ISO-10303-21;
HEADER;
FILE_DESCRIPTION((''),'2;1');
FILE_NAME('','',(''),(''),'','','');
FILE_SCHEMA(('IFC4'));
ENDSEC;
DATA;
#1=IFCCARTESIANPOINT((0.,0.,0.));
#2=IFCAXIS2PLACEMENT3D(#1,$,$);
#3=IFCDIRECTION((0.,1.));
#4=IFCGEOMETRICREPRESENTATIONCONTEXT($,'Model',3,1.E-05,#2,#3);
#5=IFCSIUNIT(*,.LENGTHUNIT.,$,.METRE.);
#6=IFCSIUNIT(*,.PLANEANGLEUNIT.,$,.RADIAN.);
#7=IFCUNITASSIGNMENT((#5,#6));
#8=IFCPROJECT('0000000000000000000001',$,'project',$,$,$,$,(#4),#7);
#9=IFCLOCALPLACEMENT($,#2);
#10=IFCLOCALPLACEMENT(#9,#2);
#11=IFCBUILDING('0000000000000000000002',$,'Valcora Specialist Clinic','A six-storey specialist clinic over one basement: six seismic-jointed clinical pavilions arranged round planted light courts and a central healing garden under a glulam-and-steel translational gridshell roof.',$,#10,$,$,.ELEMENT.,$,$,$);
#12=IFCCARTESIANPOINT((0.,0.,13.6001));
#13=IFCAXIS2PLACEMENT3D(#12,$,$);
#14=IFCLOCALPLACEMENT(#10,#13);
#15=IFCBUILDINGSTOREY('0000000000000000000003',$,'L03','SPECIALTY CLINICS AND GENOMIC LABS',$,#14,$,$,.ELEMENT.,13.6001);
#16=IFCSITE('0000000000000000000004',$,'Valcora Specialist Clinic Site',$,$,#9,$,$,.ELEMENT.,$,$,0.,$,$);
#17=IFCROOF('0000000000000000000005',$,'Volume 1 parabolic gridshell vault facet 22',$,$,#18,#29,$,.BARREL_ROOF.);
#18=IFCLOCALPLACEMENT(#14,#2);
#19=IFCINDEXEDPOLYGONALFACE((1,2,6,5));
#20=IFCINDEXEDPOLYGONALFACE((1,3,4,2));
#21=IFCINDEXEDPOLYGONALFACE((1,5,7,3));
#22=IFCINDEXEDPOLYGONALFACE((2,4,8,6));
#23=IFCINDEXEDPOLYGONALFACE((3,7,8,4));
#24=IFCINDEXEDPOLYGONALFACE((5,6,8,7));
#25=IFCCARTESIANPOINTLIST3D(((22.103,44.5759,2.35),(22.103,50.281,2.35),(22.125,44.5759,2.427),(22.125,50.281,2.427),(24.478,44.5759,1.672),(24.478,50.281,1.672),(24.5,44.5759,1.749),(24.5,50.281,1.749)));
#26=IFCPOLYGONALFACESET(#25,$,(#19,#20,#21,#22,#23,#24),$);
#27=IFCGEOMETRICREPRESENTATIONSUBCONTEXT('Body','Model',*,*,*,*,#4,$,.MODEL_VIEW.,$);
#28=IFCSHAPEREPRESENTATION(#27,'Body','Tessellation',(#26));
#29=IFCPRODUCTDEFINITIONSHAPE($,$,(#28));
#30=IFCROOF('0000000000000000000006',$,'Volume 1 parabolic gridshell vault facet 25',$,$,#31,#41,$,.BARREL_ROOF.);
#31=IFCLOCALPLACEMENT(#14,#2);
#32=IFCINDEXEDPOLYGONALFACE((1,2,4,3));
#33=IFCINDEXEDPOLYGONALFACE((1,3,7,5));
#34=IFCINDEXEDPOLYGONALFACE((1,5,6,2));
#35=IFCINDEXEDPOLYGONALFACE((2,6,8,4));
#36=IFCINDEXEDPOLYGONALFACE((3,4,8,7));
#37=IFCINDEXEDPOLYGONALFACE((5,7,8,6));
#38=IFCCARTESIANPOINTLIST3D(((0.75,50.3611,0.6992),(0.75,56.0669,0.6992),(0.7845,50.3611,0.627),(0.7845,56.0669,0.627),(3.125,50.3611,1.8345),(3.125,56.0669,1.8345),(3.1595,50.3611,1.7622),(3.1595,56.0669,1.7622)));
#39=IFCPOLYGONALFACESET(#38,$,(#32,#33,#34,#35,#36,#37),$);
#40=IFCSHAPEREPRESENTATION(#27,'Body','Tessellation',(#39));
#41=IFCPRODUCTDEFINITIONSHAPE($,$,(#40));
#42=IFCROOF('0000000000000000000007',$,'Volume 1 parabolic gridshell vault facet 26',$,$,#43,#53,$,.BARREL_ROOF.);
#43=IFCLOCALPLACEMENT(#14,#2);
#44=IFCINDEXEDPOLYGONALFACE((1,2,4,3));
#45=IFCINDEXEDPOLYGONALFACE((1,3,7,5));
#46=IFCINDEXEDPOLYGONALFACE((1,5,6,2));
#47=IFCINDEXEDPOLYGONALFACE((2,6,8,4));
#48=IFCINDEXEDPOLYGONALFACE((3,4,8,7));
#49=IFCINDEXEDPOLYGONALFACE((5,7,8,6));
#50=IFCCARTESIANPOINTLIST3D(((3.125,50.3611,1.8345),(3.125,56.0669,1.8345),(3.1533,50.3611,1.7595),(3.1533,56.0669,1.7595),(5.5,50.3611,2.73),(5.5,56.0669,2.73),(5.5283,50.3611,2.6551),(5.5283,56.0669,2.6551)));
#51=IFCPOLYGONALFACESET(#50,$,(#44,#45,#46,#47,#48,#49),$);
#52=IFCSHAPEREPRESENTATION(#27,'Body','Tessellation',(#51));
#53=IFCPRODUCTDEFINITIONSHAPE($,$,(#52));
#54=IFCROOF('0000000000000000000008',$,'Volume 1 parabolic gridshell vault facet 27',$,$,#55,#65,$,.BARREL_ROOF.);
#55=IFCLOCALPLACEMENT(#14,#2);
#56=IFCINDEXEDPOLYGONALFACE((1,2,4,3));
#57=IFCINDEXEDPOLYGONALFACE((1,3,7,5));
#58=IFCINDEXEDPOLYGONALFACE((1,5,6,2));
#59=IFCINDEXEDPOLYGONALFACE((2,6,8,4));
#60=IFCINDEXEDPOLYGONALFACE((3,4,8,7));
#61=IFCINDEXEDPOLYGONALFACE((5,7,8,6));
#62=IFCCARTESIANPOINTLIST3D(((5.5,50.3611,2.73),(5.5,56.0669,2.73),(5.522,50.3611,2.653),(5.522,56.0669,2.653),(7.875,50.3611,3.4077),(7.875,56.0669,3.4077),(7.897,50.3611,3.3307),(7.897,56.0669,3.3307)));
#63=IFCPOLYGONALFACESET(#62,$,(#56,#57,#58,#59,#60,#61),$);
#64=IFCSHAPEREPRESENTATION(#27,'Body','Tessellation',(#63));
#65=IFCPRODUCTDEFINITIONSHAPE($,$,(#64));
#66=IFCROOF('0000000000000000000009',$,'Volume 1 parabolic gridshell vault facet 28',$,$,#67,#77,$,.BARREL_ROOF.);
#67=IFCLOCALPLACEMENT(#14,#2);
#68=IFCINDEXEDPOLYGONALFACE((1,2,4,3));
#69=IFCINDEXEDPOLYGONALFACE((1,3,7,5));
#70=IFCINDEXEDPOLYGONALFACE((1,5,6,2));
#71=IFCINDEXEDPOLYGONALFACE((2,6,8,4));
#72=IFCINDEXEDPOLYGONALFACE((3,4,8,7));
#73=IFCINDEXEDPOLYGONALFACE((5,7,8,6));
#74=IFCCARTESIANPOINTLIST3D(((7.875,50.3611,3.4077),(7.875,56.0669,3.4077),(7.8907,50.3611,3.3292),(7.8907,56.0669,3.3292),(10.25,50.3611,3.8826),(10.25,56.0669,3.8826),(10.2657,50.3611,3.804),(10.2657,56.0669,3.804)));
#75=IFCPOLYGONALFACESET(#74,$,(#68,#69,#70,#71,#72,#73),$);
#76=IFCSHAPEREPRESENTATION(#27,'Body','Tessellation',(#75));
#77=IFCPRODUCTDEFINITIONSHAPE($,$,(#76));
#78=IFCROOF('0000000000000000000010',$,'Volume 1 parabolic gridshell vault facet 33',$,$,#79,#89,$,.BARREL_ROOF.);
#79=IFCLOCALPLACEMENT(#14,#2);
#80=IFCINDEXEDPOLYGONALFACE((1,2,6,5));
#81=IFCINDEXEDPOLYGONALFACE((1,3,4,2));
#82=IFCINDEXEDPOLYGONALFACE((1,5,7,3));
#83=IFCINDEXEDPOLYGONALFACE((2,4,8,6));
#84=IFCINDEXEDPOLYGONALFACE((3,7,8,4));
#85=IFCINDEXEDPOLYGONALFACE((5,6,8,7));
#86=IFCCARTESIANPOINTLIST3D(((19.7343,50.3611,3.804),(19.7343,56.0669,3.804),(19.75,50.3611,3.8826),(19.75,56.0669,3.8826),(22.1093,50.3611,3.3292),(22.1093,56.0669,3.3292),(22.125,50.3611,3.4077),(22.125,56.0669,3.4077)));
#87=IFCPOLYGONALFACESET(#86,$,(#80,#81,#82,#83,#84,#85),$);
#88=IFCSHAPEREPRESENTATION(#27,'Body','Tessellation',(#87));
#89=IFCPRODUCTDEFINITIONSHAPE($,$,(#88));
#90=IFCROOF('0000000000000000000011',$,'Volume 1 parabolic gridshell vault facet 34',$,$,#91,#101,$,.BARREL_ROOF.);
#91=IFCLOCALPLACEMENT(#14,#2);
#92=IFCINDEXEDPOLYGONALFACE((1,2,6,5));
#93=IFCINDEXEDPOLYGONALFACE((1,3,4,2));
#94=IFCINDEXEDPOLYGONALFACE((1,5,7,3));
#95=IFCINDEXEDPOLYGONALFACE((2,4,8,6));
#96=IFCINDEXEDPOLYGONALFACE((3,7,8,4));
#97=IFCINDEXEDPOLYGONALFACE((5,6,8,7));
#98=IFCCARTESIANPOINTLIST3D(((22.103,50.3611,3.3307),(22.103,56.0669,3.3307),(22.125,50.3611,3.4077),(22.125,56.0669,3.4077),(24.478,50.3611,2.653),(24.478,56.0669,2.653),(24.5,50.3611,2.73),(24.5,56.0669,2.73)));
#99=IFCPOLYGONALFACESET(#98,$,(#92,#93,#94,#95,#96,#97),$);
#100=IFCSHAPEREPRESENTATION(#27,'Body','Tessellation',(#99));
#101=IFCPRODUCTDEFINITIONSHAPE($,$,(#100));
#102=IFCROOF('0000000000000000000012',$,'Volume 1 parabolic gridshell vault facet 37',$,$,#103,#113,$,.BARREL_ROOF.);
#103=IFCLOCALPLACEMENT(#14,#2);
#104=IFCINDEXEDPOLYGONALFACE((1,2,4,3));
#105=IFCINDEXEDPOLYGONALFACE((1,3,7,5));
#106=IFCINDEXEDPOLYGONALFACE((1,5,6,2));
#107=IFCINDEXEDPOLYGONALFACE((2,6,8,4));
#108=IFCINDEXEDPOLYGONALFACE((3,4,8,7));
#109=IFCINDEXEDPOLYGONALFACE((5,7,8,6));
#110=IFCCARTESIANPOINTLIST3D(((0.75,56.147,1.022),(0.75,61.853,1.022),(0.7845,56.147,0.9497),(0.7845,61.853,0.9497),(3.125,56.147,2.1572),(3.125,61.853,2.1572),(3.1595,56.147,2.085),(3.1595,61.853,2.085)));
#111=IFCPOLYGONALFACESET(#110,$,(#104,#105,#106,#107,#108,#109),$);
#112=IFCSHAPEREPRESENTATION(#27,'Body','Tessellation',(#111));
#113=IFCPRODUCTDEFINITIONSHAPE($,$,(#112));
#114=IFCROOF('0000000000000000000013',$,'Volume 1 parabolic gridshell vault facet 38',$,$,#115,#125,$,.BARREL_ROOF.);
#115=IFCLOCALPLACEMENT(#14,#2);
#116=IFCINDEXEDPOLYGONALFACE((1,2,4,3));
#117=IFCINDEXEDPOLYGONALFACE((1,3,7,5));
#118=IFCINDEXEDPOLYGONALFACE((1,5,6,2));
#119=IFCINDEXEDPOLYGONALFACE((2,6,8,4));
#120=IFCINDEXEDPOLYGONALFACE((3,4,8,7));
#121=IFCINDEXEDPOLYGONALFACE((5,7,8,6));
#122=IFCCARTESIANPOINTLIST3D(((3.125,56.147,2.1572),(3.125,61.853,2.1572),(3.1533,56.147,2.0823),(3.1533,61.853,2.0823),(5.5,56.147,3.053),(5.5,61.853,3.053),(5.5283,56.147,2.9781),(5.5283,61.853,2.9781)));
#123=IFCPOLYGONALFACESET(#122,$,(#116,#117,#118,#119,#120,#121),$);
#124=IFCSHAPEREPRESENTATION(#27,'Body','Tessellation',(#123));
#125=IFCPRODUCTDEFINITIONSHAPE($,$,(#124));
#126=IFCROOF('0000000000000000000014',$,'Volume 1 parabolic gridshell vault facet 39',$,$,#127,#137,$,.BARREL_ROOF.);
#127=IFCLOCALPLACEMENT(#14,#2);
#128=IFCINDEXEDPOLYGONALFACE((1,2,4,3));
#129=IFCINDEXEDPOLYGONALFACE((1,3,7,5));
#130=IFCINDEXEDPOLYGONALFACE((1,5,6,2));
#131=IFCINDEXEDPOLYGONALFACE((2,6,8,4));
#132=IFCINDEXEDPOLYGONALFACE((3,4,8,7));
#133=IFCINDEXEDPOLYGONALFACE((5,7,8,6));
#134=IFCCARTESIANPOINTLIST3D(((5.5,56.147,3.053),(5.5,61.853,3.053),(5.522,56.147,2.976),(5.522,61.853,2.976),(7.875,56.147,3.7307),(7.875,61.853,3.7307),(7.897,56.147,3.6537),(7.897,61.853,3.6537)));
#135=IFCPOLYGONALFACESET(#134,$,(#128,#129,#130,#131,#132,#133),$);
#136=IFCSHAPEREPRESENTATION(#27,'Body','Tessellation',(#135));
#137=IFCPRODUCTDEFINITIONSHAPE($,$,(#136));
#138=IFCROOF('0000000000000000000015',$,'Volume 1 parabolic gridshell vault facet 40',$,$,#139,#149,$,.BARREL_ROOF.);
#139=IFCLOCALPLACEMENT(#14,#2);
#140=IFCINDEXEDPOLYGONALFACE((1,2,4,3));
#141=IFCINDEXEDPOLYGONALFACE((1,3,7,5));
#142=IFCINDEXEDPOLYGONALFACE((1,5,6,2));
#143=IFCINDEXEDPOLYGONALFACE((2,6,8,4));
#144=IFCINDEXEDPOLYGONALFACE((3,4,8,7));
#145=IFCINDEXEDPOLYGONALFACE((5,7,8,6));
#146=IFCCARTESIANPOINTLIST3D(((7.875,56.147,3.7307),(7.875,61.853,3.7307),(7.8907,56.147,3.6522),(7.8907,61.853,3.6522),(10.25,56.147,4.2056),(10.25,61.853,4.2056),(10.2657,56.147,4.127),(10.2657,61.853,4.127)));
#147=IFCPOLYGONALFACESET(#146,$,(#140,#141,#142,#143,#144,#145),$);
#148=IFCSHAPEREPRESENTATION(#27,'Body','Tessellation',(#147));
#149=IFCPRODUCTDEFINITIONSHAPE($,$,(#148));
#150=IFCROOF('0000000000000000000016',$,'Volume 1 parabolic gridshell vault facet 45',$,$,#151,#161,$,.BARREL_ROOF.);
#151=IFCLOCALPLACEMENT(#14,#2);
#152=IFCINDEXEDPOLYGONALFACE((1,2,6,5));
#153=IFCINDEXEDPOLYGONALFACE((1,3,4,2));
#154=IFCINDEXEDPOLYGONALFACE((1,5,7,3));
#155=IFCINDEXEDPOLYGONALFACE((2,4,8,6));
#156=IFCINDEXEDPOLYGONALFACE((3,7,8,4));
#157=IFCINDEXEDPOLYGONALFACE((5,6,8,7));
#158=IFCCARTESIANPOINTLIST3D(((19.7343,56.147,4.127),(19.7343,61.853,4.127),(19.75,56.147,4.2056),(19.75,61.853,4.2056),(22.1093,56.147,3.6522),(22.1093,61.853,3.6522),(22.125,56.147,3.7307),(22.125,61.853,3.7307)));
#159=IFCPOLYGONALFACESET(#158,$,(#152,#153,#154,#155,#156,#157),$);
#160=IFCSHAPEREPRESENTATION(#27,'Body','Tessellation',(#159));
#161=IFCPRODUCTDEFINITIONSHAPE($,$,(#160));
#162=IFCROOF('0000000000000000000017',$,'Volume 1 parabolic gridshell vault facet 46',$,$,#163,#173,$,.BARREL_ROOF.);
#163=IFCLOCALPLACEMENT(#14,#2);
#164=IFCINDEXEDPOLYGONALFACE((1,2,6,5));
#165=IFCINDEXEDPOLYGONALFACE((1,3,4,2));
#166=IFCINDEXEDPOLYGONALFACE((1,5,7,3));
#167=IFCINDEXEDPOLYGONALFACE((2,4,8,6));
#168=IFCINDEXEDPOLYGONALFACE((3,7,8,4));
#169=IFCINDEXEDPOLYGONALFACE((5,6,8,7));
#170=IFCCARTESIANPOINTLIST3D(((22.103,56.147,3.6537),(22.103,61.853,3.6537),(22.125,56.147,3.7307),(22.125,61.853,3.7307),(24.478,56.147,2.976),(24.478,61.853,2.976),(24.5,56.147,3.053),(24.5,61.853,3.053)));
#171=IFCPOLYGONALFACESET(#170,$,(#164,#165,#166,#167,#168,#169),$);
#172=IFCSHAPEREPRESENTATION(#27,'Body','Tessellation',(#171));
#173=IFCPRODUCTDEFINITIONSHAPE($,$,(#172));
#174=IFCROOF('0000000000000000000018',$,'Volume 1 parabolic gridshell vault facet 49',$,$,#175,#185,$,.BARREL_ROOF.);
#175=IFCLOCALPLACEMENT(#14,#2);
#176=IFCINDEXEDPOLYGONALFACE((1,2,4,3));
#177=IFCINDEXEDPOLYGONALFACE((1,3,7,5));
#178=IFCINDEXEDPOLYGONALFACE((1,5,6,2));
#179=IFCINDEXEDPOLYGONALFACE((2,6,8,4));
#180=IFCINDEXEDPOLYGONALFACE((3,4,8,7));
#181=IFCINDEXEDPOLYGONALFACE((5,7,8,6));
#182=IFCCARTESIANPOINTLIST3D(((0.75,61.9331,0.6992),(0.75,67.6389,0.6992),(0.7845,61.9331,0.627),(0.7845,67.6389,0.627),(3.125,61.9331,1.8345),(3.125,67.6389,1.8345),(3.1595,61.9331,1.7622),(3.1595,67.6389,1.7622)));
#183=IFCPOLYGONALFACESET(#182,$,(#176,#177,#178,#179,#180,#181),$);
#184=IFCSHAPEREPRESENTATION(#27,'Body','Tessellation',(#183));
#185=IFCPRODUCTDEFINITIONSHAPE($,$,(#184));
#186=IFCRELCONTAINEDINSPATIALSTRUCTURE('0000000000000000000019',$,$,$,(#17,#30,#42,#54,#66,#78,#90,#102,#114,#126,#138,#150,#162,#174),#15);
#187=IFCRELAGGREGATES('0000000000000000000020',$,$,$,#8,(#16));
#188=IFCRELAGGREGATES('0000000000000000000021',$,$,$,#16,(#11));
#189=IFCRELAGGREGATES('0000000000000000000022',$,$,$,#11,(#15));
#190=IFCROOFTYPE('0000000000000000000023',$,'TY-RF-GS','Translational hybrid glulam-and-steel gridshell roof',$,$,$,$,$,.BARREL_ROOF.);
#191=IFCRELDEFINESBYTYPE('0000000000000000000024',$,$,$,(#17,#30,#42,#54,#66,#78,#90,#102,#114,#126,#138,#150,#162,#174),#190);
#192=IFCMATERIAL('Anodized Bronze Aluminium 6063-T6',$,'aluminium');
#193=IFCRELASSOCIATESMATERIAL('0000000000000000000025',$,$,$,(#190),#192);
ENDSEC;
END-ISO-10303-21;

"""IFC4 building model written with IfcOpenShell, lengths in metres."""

from ifc_helpers import new_model, si_unit, direction, frame, origin, place, context, subcontext, project, spatial, polyline, outline, extrude, material, type_object, element, save


model = new_model("IFC4")

# Units and contexts
model_context = context("Model", 3, precision=1e-05, world=origin(), true_north=direction((0.0, 1.0)))
body_context = subcontext(model_context, "Body", "Model", "MODEL_VIEW")
ifc_project = project(units=[si_unit("LENGTHUNIT", "METRE"), si_unit("PLANEANGLEUNIT", "RADIAN")], contexts=[model_context])

# Site, building, storey
site_placement = place(None, origin())
site = spatial("IfcSite", under=ifc_project, at=site_placement, Name="Valcora Specialist Clinic Site", CompositionType="ELEMENT", RefElevation=0.0)
building_placement = place(site_placement, origin())
building = spatial("IfcBuilding", under=site, at=building_placement, Name="Valcora Specialist Clinic", Description="A six-storey specialist clinic over one basement: six seismic-jointed clinical pavilions arranged round planted light courts and a central healing garden under a glulam-and-steel translational gridshell roof.", CompositionType="ELEMENT")
storey_placement = place(building_placement, frame((0.0, 0.0, 13.6001)))
storey = spatial("IfcBuildingStorey", under=building, at=storey_placement, Name="L03", Description="SPECIALTY CLINICS AND GENOMIC LABS", CompositionType="ELEMENT", Elevation=13.6001)

# Roofs
ifc_material = material(Name="Anodized Bronze Aluminium 6063-T6", Category="aluminium")
roof_type = type_object("IfcRoofType", Name="TY-RF-GS", Description="Translational hybrid glulam-and-steel gridshell roof", PredefinedType="BARREL_ROOF", material=ifc_material)
roof_1_placement = place(storey_placement, frame((22.125, 44.5759, 2.427), z_axis=(0.274499, 0.0, 0.961587), x_axis=(0.961587, 0.0, -0.274499)))
element("IfcRoof", 1, at=roof_1_placement, inside=storey, type_object=roof_type, Name="Volume 1 parabolic gridshell vault facet 22", PredefinedType="BARREL_ROOF", context=body_context, shape_type="SweptSolid", body=[
    extrude(outline(polyline([(0.0, 0.0), (2.4699, 0.0), (2.4699, 5.7051), (0.0, 5.7051), (0.0, 0.0)])), origin(), (0.0, 0.0, -1.0), 0.0801),
])
roof_2_placement = place(storey_placement, frame((0.75, 50.3611, 0.6992), z_axis=(-0.431265, 0.0, 0.902225), x_axis=(0.902225, 0.0, 0.431265)))
element("IfcRoof", 2, at=roof_2_placement, inside=storey, type_object=roof_type, Name="Volume 1 parabolic gridshell vault facet 25", PredefinedType="BARREL_ROOF", context=body_context, shape_type="SweptSolid", body=[
    extrude(outline(polyline([(0.0, 0.0), (2.6324, 0.0), (2.6324, 5.7058), (0.0, 5.7058), (0.0, 0.0)])), origin(), (0.0, 0.0, -1.0), 0.0801),
])
roof_3_placement = place(storey_placement, frame((3.125, 50.3611, 1.8345), z_axis=(-0.352809, 0.0, 0.935695), x_axis=(0.935695, 0.0, 0.352809)))
element("IfcRoof", 3, at=roof_3_placement, inside=storey, type_object=roof_type, Name="Volume 1 parabolic gridshell vault facet 26", PredefinedType="BARREL_ROOF", context=body_context, shape_type="SweptSolid", body=[
    extrude(outline(polyline([(0.0, 0.0), (2.5382, 0.0), (2.5382, 5.7058), (0.0, 5.7058), (0.0, 0.0)])), origin(), (0.0, 0.0, -1.0), 0.0801),
])
roof_4_placement = place(storey_placement, frame((5.5, 50.3611, 2.73), z_axis=(-0.274408, 0.0, 0.961613), x_axis=(0.961613, 0.0, 0.274408)))
element("IfcRoof", 4, at=roof_4_placement, inside=storey, type_object=roof_type, Name="Volume 1 parabolic gridshell vault facet 27", PredefinedType="BARREL_ROOF", context=body_context, shape_type="SweptSolid", body=[
    extrude(outline(polyline([(0.0, 0.0), (2.4698, 0.0), (2.4698, 5.7058), (0.0, 5.7058), (0.0, 0.0)])), origin(), (0.0, 0.0, -1.0), 0.0801),
])
for number, where, z_axis, x_axis, name in (
    (5, (7.875, 50.3611, 3.4077), (-0.196058, 0.0, 0.980592), (0.980592, 0.0, 0.196058), "Volume 1 parabolic gridshell vault facet 28"),
    (6, (19.75, 50.3611, 3.8826), (0.196058, 0.0, 0.980592), (0.980592, 0.0, -0.196058), "Volume 1 parabolic gridshell vault facet 33"),
):
    element("IfcRoof", number, at=place(storey_placement, frame(where, z_axis=z_axis, x_axis=x_axis)), inside=storey, type_object=roof_type, Name=name, PredefinedType="BARREL_ROOF", context=body_context, shape_type="SweptSolid", body=[
        extrude(outline(polyline([(0.0, 0.0), (2.422, 0.0), (2.422, 5.7058), (0.0, 5.7058), (0.0, 0.0)])), origin(), (0.0, 0.0, -1.0), 0.0801),
    ])
roof_5_placement = place(storey_placement, frame((22.125, 50.3611, 3.4077), z_axis=(0.274408, 0.0, 0.961613), x_axis=(0.961613, 0.0, -0.274408)))
element("IfcRoof", 7, at=roof_5_placement, inside=storey, type_object=roof_type, Name="Volume 1 parabolic gridshell vault facet 34", PredefinedType="BARREL_ROOF", context=body_context, shape_type="SweptSolid", body=[
    extrude(outline(polyline([(0.0, 0.0), (2.4698, 0.0), (2.4698, 5.7058), (0.0, 5.7058), (0.0, 0.0)])), origin(), (0.0, 0.0, -1.0), 0.0801),
])
roof_6_placement = place(storey_placement, frame((0.75, 56.147, 1.022), z_axis=(-0.431265, 0.0, 0.902225), x_axis=(0.902225, 0.0, 0.431265)))
element("IfcRoof", 8, at=roof_6_placement, inside=storey, type_object=roof_type, Name="Volume 1 parabolic gridshell vault facet 37", PredefinedType="BARREL_ROOF", context=body_context, shape_type="SweptSolid", body=[
    extrude(outline(polyline([(0.0, 0.0), (2.6324, 0.0), (2.6324, 5.7061), (0.0, 5.7061), (0.0, 0.0)])), origin(), (0.0, 0.0, -1.0), 0.0801),
])
roof_7_placement = place(storey_placement, frame((3.125, 56.147, 2.1572), z_axis=(-0.352894, 0.0, 0.935663), x_axis=(0.935663, 0.0, 0.352894)))
element("IfcRoof", 9, at=roof_7_placement, inside=storey, type_object=roof_type, Name="Volume 1 parabolic gridshell vault facet 38", PredefinedType="BARREL_ROOF", context=body_context, shape_type="SweptSolid", body=[
    extrude(outline(polyline([(0.0, 0.0), (2.5383, 0.0), (2.5383, 5.7061), (0.0, 5.7061), (0.0, 0.0)])), origin(), (0.0, 0.0, -1.0), 0.0801),
])
roof_8_placement = place(storey_placement, frame((5.5, 56.147, 3.053), z_axis=(-0.274408, 0.0, 0.961613), x_axis=(0.961613, 0.0, 0.274408)))
element("IfcRoof", 10, at=roof_8_placement, inside=storey, type_object=roof_type, Name="Volume 1 parabolic gridshell vault facet 39", PredefinedType="BARREL_ROOF", context=body_context, shape_type="SweptSolid", body=[
    extrude(outline(polyline([(0.0, 0.0), (2.4698, 0.0), (2.4698, 5.7061), (0.0, 5.7061), (0.0, 0.0)])), origin(), (0.0, 0.0, -1.0), 0.0801),
])
for number, where, z_axis, x_axis, name in (
    (11, (7.875, 56.147, 3.7307), (-0.196058, 0.0, 0.980592), (0.980592, 0.0, 0.196058), "Volume 1 parabolic gridshell vault facet 40"),
    (12, (19.75, 56.147, 4.2056), (0.196058, 0.0, 0.980592), (0.980592, 0.0, -0.196058), "Volume 1 parabolic gridshell vault facet 45"),
):
    element("IfcRoof", number, at=place(storey_placement, frame(where, z_axis=z_axis, x_axis=x_axis)), inside=storey, type_object=roof_type, Name=name, PredefinedType="BARREL_ROOF", context=body_context, shape_type="SweptSolid", body=[
        extrude(outline(polyline([(0.0, 0.0), (2.422, 0.0), (2.422, 5.7061), (0.0, 5.7061), (0.0, 0.0)])), origin(), (0.0, 0.0, -1.0), 0.0801),
    ])
roof_9_placement = place(storey_placement, frame((22.125, 56.147, 3.7307), z_axis=(0.274408, 0.0, 0.961613), x_axis=(0.961613, 0.0, -0.274408)))
element("IfcRoof", 13, at=roof_9_placement, inside=storey, type_object=roof_type, Name="Volume 1 parabolic gridshell vault facet 46", PredefinedType="BARREL_ROOF", context=body_context, shape_type="SweptSolid", body=[
    extrude(outline(polyline([(0.0, 0.0), (2.4698, 0.0), (2.4698, 5.7061), (0.0, 5.7061), (0.0, 0.0)])), origin(), (0.0, 0.0, -1.0), 0.0801),
])
roof_10_placement = place(storey_placement, frame((0.75, 61.9331, 0.6992), z_axis=(-0.431265, 0.0, 0.902225), x_axis=(0.902225, 0.0, 0.431265)))
element("IfcRoof", 14, at=roof_10_placement, inside=storey, type_object=roof_type, Name="Volume 1 parabolic gridshell vault facet 49", PredefinedType="BARREL_ROOF", context=body_context, shape_type="SweptSolid", body=[
    extrude(outline(polyline([(0.0, 0.0), (2.6324, 0.0), (2.6324, 5.7058), (0.0, 5.7058), (0.0, 0.0)])), origin(), (0.0, 0.0, -1.0), 0.0801),
])

save(model, "model.ifc")
